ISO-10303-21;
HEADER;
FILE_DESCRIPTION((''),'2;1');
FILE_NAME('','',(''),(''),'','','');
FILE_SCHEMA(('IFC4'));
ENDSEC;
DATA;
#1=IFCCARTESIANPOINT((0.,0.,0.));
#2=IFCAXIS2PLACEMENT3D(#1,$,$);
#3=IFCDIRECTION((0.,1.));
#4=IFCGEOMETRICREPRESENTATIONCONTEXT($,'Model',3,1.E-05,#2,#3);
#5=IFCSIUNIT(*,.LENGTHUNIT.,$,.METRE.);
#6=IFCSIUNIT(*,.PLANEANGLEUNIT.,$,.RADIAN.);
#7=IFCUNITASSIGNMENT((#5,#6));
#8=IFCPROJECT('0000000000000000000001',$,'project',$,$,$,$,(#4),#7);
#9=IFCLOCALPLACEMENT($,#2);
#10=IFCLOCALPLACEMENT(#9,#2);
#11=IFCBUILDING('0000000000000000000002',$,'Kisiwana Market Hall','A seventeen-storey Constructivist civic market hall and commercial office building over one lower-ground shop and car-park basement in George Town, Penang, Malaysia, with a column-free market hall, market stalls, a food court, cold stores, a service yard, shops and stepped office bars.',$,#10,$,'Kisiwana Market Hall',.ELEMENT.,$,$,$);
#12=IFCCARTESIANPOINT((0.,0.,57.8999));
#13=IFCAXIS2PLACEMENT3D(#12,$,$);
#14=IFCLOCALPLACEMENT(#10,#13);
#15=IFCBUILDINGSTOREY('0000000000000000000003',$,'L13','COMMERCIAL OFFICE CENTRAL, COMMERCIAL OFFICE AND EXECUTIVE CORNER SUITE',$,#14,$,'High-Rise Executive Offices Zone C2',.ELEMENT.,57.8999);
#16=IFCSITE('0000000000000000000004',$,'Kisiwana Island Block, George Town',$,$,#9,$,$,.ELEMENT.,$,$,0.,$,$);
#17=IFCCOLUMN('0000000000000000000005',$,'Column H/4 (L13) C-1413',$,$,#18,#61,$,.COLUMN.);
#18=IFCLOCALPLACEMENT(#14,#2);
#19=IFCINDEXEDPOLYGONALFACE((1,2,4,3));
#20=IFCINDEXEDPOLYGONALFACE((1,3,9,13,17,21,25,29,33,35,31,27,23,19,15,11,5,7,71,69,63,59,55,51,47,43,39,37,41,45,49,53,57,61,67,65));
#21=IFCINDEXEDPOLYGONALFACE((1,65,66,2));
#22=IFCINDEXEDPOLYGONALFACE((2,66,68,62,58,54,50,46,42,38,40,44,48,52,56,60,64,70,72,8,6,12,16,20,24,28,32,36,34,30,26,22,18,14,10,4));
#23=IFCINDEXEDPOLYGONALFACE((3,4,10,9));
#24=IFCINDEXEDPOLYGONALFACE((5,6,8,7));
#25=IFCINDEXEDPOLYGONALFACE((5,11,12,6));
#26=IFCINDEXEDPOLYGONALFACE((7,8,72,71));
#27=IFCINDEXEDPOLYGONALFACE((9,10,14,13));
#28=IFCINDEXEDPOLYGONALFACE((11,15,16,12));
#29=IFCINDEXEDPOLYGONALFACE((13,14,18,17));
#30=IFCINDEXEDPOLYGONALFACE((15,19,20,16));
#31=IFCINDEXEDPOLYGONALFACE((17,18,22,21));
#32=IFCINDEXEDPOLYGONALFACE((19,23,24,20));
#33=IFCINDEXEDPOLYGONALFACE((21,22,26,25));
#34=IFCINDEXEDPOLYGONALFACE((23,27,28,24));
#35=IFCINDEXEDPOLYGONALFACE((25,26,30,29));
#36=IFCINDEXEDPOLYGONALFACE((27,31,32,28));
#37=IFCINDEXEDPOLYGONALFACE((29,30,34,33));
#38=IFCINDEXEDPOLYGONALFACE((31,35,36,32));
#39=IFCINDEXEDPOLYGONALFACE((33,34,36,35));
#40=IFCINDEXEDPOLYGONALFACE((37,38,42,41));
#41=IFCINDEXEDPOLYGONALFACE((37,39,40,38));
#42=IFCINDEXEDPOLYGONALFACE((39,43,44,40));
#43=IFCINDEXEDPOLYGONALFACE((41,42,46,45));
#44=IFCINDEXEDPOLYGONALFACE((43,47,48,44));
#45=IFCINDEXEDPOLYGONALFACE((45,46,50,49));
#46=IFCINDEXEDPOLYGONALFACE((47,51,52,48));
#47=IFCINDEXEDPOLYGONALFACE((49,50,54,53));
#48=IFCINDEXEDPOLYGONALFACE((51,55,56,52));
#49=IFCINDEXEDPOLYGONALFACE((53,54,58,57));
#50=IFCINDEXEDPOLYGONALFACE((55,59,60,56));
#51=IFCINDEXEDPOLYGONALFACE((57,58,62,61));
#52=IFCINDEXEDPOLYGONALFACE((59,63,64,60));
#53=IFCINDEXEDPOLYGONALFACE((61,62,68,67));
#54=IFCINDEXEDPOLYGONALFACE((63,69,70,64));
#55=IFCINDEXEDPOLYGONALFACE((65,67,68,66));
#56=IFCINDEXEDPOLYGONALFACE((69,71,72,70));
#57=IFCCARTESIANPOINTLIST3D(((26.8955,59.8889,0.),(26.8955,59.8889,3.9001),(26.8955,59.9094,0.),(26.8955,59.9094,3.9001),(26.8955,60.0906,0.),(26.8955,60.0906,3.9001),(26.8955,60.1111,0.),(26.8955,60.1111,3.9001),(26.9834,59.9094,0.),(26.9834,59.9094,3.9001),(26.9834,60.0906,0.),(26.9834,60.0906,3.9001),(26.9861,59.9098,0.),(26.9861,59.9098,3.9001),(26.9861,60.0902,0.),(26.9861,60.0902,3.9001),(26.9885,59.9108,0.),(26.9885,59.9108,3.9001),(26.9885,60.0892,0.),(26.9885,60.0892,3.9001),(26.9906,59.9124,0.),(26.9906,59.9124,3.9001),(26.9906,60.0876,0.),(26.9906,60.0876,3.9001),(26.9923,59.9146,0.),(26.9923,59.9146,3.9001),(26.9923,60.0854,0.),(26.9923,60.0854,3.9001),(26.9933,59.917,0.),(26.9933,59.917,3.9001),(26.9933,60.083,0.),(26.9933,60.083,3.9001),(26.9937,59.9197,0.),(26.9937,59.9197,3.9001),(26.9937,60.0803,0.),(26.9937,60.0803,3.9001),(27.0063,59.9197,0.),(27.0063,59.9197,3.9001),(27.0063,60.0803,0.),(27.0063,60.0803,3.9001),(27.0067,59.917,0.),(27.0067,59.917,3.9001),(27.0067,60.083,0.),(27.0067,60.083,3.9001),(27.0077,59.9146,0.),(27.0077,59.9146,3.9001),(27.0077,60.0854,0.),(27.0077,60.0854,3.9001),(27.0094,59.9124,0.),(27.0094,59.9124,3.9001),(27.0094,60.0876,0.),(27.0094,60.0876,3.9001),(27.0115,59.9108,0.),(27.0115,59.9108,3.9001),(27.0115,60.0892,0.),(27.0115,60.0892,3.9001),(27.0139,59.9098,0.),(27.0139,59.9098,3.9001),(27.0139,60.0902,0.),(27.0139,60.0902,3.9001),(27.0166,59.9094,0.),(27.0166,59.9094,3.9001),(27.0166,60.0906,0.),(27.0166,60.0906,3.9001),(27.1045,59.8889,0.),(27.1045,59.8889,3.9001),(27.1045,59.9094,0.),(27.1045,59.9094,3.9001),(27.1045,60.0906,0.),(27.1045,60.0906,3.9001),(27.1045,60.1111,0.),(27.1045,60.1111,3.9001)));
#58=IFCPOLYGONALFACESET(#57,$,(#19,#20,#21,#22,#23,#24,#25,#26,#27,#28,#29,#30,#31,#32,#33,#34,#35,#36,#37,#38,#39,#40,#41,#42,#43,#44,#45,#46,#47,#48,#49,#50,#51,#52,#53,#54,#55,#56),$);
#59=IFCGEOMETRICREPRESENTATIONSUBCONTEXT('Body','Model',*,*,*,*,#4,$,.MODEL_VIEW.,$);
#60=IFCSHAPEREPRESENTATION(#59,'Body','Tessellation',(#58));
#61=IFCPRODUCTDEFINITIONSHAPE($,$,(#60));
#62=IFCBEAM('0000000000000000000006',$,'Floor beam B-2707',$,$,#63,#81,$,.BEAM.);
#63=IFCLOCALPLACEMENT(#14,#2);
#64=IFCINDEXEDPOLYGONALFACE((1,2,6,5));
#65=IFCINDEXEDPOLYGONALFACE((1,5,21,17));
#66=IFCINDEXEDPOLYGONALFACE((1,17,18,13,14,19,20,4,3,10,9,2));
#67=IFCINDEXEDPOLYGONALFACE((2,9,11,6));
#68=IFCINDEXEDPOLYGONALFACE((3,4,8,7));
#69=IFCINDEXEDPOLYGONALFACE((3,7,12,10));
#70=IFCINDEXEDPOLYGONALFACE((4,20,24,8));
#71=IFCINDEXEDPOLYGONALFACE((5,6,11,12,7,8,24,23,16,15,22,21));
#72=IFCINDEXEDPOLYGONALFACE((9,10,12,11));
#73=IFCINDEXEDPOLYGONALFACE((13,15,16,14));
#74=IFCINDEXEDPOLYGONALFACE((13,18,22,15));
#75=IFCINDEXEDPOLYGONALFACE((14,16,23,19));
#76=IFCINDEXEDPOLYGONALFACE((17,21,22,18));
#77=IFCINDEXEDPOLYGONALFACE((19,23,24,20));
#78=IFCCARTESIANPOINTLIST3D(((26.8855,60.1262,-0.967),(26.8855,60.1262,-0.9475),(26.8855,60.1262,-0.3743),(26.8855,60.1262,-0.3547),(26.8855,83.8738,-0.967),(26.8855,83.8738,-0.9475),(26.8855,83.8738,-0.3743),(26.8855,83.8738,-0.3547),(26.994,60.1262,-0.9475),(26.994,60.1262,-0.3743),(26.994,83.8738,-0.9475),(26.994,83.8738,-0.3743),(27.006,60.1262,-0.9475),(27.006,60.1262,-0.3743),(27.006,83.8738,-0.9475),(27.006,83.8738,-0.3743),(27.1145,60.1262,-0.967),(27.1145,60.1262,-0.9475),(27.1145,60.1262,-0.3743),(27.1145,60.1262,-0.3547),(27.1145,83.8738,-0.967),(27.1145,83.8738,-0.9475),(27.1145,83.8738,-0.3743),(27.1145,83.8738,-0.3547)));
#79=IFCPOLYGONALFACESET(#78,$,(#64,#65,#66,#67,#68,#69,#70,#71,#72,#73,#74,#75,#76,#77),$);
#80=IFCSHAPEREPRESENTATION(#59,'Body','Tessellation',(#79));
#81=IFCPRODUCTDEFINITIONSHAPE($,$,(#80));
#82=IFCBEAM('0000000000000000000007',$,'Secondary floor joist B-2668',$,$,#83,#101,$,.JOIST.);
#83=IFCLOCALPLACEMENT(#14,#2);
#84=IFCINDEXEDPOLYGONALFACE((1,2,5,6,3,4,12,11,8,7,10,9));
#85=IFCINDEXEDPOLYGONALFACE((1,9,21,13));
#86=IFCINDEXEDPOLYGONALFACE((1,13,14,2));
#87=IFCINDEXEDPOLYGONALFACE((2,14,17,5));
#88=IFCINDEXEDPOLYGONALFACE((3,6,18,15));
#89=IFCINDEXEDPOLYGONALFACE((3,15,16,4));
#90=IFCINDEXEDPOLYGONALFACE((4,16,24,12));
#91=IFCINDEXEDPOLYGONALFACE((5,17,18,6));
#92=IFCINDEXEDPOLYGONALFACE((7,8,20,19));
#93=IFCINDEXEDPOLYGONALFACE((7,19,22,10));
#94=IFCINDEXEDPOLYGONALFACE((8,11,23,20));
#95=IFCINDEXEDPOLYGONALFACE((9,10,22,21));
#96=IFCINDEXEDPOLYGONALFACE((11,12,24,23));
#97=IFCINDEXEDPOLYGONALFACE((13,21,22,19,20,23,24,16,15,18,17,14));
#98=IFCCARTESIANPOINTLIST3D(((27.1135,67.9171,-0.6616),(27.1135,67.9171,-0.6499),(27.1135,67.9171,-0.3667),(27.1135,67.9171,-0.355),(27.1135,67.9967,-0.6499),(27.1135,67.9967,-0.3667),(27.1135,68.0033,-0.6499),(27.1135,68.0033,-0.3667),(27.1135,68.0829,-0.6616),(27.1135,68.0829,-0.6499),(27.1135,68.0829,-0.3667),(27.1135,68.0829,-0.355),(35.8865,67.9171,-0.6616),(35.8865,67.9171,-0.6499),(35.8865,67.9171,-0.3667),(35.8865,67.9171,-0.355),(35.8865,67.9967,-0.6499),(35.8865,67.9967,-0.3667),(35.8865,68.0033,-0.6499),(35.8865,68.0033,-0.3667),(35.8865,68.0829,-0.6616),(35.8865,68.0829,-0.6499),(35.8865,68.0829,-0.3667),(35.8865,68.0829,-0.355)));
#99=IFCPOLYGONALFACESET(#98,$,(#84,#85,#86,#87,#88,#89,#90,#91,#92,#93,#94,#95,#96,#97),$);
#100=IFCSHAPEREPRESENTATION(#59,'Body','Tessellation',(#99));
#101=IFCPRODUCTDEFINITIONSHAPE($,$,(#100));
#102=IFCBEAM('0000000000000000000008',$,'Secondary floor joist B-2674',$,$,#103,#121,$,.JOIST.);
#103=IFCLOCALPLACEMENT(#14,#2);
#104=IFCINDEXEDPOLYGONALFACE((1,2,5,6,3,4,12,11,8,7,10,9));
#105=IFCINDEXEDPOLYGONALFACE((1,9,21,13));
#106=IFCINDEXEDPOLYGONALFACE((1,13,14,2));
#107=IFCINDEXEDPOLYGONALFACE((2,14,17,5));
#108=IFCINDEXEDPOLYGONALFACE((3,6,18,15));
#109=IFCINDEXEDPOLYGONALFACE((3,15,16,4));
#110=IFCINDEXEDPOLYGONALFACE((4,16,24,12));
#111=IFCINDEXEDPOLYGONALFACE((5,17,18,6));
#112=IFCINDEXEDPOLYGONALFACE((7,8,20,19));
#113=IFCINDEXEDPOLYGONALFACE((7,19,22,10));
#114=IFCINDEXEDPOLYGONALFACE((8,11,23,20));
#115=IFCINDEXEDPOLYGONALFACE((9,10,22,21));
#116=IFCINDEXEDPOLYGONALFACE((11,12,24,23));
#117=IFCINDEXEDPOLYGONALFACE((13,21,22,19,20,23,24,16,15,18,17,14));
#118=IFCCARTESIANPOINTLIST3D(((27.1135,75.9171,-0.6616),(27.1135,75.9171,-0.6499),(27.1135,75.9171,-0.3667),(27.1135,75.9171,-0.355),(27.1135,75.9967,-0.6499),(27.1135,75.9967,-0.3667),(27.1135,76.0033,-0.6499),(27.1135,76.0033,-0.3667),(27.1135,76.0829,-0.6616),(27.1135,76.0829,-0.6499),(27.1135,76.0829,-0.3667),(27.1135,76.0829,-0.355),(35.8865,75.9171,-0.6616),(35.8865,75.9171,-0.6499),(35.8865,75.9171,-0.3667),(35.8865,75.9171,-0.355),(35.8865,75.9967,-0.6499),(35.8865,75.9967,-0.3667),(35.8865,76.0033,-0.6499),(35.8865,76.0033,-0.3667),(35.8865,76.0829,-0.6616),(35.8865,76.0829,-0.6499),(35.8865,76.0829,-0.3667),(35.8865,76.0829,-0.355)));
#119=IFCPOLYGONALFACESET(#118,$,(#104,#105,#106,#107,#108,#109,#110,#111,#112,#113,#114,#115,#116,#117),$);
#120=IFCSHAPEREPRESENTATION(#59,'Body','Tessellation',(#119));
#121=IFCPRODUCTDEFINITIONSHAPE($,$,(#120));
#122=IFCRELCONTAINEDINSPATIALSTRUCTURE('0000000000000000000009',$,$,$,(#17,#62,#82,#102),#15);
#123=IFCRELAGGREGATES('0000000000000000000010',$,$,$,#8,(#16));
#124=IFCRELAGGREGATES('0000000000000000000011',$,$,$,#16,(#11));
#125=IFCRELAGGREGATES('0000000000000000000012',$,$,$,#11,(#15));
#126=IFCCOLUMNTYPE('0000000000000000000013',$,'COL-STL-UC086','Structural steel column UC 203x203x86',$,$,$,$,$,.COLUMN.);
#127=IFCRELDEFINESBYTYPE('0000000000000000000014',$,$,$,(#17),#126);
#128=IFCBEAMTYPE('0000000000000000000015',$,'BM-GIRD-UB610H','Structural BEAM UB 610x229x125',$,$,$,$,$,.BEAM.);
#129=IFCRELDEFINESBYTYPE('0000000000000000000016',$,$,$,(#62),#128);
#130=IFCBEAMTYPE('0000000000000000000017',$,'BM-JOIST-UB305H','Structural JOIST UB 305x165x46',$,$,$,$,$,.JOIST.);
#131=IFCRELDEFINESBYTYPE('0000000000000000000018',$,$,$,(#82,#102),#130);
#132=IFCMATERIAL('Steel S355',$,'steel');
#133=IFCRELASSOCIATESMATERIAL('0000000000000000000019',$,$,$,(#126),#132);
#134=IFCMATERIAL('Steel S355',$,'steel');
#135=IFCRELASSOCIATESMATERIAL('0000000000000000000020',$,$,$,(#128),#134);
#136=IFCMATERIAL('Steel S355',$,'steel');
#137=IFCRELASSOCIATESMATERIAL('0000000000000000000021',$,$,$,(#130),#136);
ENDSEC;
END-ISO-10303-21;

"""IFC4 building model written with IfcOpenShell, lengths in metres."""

from ifc_helpers import new_model, si_unit, direction, frame, origin, origin_2d, place, context, subcontext, project, spatial, i_section, extrude, material, material_profile, profile_set, type_object, element, save


model = new_model("IFC4")

# Units and contexts
model_context = context("Model", 3, precision=1e-05, world=origin(), true_north=direction((0.0, 1.0)))
body_context = subcontext(model_context, "Body", "Model", "MODEL_VIEW")
ifc_project = project(units=[si_unit("LENGTHUNIT", "METRE"), si_unit("PLANEANGLEUNIT", "RADIAN")], contexts=[model_context])

# Site, building, storey
site_placement = place(None, origin())
site = spatial("IfcSite", under=ifc_project, at=site_placement, Name="Kisiwana Island Block, George Town", CompositionType="ELEMENT", RefElevation=0.0)
building_placement = place(site_placement, origin())
building = spatial("IfcBuilding", under=site, at=building_placement, Name="Kisiwana Market Hall", Description="A seventeen-storey Constructivist civic market hall and commercial office building over one lower-ground shop and car-park basement in George Town, Penang, Malaysia, with a column-free market hall, market stalls, a food court, cold stores, a service yard, shops and stepped office bars.", LongName="Kisiwana Market Hall", CompositionType="ELEMENT")
storey_placement = place(building_placement, frame((0.0, 0.0, 57.8999)))
storey = spatial("IfcBuildingStorey", under=building, at=storey_placement, Name="L13", Description="COMMERCIAL OFFICE CENTRAL, COMMERCIAL OFFICE AND EXECUTIVE CORNER SUITE", LongName="High-Rise Executive Offices Zone C2", CompositionType="ELEMENT", Elevation=57.8999)

# Column
ifc_material_1 = material(Name="Steel S355", Category="steel")
ifc_material_profile_1 = material_profile(ifc_material_1, i_section(OverallWidth=0.209, OverallDepth=0.2222, WebThickness=0.0127, FlangeThickness=0.0205, FilletRadius=0.0103, at=origin_2d()), Name="UC 203x203x86")
ifc_profile_set_1 = profile_set([ifc_material_profile_1], Name="Steel S355")
column_type = type_object("IfcColumnType", Name="COL-STL-UC086", Description="Structural steel column UC 203x203x86", PredefinedType="COLUMN", material=ifc_profile_set_1)
column_placement = place(storey_placement, frame((27.0, 60.0, 0.0), z_axis=(0.0, 0.0, 1.0), x_axis=(1.0, 0.0, 0.0)))
element("IfcColumn", 1, at=column_placement, inside=storey, type_object=column_type, Name="Column H/4 (L13) C-1413", PredefinedType="COLUMN", context=body_context, shape_type="SweptSolid", body=[
    extrude(i_section(OverallWidth=0.209, OverallDepth=0.2222, WebThickness=0.0127, FlangeThickness=0.0205, FilletRadius=0.0103, at=origin_2d()), origin(), (0.0, 0.0, 1.0), 3.9001),
])

# Beams
ifc_material_2 = material(Name="Steel S355", Category="steel")
ifc_material_profile_2 = material_profile(ifc_material_2, i_section(OverallWidth=0.229, OverallDepth=0.6123, WebThickness=0.012, FlangeThickness=0.0195, at=origin_2d()), Name="UB 610x229x125")
ifc_profile_set_2 = profile_set([ifc_material_profile_2], Name="Steel S355")
beam_type_1 = type_object("IfcBeamType", Name="BM-GIRD-UB610H", Description="Structural BEAM UB 610x229x125", PredefinedType="BEAM", material=ifc_profile_set_2)
beam_placement = place(storey_placement, frame((27.0, 60.1262, -0.6609), z_axis=(0.0, 1.0, 0.0), x_axis=(-1.0, 0.0, 0.0)))
element("IfcBeam", 2, at=beam_placement, inside=storey, type_object=beam_type_1, Name="Floor beam B-2707", PredefinedType="BEAM", context=body_context, shape_type="SweptSolid", body=[
    extrude(i_section(OverallWidth=0.229, OverallDepth=0.6123, WebThickness=0.012, FlangeThickness=0.0195, at=origin_2d()), origin(), (0.0, 0.0, 1.0), 23.7476),
])
ifc_material_3 = material(Name="Steel S355", Category="steel")
ifc_material_profile_3 = material_profile(ifc_material_3, i_section(OverallWidth=0.1658, OverallDepth=0.3066, WebThickness=0.0066, FlangeThickness=0.0117, at=origin_2d()), Name="UB 305x165x46")
ifc_profile_set_3 = profile_set([ifc_material_profile_3], Name="Steel S355")
beam_type_2 = type_object("IfcBeamType", Name="BM-JOIST-UB305H", Description="Structural JOIST UB 305x165x46", PredefinedType="JOIST", material=ifc_profile_set_3)
for number, where, z_axis, x_axis, name in (
    (3, (27.1135, 68.0, -0.5083), (1.0, 0.0, 0.0), (0.0, 1.0, 0.0), "Secondary floor joist B-2668"),
    (4, (27.1135, 76.0, -0.5083), (1.0, 0.0, 0.0), (0.0, 1.0, 0.0), "Secondary floor joist B-2674"),
):
    element("IfcBeam", number, at=place(storey_placement, frame(where, z_axis=z_axis, x_axis=x_axis)), inside=storey, type_object=beam_type_2, Name=name, PredefinedType="JOIST", context=body_context, shape_type="SweptSolid", body=[
        extrude(i_section(OverallWidth=0.1658, OverallDepth=0.3066, WebThickness=0.0066, FlangeThickness=0.0117, at=origin_2d()), origin(), (0.0, 0.0, 1.0), 8.7729),
    ])

save(model, "model.ifc")
